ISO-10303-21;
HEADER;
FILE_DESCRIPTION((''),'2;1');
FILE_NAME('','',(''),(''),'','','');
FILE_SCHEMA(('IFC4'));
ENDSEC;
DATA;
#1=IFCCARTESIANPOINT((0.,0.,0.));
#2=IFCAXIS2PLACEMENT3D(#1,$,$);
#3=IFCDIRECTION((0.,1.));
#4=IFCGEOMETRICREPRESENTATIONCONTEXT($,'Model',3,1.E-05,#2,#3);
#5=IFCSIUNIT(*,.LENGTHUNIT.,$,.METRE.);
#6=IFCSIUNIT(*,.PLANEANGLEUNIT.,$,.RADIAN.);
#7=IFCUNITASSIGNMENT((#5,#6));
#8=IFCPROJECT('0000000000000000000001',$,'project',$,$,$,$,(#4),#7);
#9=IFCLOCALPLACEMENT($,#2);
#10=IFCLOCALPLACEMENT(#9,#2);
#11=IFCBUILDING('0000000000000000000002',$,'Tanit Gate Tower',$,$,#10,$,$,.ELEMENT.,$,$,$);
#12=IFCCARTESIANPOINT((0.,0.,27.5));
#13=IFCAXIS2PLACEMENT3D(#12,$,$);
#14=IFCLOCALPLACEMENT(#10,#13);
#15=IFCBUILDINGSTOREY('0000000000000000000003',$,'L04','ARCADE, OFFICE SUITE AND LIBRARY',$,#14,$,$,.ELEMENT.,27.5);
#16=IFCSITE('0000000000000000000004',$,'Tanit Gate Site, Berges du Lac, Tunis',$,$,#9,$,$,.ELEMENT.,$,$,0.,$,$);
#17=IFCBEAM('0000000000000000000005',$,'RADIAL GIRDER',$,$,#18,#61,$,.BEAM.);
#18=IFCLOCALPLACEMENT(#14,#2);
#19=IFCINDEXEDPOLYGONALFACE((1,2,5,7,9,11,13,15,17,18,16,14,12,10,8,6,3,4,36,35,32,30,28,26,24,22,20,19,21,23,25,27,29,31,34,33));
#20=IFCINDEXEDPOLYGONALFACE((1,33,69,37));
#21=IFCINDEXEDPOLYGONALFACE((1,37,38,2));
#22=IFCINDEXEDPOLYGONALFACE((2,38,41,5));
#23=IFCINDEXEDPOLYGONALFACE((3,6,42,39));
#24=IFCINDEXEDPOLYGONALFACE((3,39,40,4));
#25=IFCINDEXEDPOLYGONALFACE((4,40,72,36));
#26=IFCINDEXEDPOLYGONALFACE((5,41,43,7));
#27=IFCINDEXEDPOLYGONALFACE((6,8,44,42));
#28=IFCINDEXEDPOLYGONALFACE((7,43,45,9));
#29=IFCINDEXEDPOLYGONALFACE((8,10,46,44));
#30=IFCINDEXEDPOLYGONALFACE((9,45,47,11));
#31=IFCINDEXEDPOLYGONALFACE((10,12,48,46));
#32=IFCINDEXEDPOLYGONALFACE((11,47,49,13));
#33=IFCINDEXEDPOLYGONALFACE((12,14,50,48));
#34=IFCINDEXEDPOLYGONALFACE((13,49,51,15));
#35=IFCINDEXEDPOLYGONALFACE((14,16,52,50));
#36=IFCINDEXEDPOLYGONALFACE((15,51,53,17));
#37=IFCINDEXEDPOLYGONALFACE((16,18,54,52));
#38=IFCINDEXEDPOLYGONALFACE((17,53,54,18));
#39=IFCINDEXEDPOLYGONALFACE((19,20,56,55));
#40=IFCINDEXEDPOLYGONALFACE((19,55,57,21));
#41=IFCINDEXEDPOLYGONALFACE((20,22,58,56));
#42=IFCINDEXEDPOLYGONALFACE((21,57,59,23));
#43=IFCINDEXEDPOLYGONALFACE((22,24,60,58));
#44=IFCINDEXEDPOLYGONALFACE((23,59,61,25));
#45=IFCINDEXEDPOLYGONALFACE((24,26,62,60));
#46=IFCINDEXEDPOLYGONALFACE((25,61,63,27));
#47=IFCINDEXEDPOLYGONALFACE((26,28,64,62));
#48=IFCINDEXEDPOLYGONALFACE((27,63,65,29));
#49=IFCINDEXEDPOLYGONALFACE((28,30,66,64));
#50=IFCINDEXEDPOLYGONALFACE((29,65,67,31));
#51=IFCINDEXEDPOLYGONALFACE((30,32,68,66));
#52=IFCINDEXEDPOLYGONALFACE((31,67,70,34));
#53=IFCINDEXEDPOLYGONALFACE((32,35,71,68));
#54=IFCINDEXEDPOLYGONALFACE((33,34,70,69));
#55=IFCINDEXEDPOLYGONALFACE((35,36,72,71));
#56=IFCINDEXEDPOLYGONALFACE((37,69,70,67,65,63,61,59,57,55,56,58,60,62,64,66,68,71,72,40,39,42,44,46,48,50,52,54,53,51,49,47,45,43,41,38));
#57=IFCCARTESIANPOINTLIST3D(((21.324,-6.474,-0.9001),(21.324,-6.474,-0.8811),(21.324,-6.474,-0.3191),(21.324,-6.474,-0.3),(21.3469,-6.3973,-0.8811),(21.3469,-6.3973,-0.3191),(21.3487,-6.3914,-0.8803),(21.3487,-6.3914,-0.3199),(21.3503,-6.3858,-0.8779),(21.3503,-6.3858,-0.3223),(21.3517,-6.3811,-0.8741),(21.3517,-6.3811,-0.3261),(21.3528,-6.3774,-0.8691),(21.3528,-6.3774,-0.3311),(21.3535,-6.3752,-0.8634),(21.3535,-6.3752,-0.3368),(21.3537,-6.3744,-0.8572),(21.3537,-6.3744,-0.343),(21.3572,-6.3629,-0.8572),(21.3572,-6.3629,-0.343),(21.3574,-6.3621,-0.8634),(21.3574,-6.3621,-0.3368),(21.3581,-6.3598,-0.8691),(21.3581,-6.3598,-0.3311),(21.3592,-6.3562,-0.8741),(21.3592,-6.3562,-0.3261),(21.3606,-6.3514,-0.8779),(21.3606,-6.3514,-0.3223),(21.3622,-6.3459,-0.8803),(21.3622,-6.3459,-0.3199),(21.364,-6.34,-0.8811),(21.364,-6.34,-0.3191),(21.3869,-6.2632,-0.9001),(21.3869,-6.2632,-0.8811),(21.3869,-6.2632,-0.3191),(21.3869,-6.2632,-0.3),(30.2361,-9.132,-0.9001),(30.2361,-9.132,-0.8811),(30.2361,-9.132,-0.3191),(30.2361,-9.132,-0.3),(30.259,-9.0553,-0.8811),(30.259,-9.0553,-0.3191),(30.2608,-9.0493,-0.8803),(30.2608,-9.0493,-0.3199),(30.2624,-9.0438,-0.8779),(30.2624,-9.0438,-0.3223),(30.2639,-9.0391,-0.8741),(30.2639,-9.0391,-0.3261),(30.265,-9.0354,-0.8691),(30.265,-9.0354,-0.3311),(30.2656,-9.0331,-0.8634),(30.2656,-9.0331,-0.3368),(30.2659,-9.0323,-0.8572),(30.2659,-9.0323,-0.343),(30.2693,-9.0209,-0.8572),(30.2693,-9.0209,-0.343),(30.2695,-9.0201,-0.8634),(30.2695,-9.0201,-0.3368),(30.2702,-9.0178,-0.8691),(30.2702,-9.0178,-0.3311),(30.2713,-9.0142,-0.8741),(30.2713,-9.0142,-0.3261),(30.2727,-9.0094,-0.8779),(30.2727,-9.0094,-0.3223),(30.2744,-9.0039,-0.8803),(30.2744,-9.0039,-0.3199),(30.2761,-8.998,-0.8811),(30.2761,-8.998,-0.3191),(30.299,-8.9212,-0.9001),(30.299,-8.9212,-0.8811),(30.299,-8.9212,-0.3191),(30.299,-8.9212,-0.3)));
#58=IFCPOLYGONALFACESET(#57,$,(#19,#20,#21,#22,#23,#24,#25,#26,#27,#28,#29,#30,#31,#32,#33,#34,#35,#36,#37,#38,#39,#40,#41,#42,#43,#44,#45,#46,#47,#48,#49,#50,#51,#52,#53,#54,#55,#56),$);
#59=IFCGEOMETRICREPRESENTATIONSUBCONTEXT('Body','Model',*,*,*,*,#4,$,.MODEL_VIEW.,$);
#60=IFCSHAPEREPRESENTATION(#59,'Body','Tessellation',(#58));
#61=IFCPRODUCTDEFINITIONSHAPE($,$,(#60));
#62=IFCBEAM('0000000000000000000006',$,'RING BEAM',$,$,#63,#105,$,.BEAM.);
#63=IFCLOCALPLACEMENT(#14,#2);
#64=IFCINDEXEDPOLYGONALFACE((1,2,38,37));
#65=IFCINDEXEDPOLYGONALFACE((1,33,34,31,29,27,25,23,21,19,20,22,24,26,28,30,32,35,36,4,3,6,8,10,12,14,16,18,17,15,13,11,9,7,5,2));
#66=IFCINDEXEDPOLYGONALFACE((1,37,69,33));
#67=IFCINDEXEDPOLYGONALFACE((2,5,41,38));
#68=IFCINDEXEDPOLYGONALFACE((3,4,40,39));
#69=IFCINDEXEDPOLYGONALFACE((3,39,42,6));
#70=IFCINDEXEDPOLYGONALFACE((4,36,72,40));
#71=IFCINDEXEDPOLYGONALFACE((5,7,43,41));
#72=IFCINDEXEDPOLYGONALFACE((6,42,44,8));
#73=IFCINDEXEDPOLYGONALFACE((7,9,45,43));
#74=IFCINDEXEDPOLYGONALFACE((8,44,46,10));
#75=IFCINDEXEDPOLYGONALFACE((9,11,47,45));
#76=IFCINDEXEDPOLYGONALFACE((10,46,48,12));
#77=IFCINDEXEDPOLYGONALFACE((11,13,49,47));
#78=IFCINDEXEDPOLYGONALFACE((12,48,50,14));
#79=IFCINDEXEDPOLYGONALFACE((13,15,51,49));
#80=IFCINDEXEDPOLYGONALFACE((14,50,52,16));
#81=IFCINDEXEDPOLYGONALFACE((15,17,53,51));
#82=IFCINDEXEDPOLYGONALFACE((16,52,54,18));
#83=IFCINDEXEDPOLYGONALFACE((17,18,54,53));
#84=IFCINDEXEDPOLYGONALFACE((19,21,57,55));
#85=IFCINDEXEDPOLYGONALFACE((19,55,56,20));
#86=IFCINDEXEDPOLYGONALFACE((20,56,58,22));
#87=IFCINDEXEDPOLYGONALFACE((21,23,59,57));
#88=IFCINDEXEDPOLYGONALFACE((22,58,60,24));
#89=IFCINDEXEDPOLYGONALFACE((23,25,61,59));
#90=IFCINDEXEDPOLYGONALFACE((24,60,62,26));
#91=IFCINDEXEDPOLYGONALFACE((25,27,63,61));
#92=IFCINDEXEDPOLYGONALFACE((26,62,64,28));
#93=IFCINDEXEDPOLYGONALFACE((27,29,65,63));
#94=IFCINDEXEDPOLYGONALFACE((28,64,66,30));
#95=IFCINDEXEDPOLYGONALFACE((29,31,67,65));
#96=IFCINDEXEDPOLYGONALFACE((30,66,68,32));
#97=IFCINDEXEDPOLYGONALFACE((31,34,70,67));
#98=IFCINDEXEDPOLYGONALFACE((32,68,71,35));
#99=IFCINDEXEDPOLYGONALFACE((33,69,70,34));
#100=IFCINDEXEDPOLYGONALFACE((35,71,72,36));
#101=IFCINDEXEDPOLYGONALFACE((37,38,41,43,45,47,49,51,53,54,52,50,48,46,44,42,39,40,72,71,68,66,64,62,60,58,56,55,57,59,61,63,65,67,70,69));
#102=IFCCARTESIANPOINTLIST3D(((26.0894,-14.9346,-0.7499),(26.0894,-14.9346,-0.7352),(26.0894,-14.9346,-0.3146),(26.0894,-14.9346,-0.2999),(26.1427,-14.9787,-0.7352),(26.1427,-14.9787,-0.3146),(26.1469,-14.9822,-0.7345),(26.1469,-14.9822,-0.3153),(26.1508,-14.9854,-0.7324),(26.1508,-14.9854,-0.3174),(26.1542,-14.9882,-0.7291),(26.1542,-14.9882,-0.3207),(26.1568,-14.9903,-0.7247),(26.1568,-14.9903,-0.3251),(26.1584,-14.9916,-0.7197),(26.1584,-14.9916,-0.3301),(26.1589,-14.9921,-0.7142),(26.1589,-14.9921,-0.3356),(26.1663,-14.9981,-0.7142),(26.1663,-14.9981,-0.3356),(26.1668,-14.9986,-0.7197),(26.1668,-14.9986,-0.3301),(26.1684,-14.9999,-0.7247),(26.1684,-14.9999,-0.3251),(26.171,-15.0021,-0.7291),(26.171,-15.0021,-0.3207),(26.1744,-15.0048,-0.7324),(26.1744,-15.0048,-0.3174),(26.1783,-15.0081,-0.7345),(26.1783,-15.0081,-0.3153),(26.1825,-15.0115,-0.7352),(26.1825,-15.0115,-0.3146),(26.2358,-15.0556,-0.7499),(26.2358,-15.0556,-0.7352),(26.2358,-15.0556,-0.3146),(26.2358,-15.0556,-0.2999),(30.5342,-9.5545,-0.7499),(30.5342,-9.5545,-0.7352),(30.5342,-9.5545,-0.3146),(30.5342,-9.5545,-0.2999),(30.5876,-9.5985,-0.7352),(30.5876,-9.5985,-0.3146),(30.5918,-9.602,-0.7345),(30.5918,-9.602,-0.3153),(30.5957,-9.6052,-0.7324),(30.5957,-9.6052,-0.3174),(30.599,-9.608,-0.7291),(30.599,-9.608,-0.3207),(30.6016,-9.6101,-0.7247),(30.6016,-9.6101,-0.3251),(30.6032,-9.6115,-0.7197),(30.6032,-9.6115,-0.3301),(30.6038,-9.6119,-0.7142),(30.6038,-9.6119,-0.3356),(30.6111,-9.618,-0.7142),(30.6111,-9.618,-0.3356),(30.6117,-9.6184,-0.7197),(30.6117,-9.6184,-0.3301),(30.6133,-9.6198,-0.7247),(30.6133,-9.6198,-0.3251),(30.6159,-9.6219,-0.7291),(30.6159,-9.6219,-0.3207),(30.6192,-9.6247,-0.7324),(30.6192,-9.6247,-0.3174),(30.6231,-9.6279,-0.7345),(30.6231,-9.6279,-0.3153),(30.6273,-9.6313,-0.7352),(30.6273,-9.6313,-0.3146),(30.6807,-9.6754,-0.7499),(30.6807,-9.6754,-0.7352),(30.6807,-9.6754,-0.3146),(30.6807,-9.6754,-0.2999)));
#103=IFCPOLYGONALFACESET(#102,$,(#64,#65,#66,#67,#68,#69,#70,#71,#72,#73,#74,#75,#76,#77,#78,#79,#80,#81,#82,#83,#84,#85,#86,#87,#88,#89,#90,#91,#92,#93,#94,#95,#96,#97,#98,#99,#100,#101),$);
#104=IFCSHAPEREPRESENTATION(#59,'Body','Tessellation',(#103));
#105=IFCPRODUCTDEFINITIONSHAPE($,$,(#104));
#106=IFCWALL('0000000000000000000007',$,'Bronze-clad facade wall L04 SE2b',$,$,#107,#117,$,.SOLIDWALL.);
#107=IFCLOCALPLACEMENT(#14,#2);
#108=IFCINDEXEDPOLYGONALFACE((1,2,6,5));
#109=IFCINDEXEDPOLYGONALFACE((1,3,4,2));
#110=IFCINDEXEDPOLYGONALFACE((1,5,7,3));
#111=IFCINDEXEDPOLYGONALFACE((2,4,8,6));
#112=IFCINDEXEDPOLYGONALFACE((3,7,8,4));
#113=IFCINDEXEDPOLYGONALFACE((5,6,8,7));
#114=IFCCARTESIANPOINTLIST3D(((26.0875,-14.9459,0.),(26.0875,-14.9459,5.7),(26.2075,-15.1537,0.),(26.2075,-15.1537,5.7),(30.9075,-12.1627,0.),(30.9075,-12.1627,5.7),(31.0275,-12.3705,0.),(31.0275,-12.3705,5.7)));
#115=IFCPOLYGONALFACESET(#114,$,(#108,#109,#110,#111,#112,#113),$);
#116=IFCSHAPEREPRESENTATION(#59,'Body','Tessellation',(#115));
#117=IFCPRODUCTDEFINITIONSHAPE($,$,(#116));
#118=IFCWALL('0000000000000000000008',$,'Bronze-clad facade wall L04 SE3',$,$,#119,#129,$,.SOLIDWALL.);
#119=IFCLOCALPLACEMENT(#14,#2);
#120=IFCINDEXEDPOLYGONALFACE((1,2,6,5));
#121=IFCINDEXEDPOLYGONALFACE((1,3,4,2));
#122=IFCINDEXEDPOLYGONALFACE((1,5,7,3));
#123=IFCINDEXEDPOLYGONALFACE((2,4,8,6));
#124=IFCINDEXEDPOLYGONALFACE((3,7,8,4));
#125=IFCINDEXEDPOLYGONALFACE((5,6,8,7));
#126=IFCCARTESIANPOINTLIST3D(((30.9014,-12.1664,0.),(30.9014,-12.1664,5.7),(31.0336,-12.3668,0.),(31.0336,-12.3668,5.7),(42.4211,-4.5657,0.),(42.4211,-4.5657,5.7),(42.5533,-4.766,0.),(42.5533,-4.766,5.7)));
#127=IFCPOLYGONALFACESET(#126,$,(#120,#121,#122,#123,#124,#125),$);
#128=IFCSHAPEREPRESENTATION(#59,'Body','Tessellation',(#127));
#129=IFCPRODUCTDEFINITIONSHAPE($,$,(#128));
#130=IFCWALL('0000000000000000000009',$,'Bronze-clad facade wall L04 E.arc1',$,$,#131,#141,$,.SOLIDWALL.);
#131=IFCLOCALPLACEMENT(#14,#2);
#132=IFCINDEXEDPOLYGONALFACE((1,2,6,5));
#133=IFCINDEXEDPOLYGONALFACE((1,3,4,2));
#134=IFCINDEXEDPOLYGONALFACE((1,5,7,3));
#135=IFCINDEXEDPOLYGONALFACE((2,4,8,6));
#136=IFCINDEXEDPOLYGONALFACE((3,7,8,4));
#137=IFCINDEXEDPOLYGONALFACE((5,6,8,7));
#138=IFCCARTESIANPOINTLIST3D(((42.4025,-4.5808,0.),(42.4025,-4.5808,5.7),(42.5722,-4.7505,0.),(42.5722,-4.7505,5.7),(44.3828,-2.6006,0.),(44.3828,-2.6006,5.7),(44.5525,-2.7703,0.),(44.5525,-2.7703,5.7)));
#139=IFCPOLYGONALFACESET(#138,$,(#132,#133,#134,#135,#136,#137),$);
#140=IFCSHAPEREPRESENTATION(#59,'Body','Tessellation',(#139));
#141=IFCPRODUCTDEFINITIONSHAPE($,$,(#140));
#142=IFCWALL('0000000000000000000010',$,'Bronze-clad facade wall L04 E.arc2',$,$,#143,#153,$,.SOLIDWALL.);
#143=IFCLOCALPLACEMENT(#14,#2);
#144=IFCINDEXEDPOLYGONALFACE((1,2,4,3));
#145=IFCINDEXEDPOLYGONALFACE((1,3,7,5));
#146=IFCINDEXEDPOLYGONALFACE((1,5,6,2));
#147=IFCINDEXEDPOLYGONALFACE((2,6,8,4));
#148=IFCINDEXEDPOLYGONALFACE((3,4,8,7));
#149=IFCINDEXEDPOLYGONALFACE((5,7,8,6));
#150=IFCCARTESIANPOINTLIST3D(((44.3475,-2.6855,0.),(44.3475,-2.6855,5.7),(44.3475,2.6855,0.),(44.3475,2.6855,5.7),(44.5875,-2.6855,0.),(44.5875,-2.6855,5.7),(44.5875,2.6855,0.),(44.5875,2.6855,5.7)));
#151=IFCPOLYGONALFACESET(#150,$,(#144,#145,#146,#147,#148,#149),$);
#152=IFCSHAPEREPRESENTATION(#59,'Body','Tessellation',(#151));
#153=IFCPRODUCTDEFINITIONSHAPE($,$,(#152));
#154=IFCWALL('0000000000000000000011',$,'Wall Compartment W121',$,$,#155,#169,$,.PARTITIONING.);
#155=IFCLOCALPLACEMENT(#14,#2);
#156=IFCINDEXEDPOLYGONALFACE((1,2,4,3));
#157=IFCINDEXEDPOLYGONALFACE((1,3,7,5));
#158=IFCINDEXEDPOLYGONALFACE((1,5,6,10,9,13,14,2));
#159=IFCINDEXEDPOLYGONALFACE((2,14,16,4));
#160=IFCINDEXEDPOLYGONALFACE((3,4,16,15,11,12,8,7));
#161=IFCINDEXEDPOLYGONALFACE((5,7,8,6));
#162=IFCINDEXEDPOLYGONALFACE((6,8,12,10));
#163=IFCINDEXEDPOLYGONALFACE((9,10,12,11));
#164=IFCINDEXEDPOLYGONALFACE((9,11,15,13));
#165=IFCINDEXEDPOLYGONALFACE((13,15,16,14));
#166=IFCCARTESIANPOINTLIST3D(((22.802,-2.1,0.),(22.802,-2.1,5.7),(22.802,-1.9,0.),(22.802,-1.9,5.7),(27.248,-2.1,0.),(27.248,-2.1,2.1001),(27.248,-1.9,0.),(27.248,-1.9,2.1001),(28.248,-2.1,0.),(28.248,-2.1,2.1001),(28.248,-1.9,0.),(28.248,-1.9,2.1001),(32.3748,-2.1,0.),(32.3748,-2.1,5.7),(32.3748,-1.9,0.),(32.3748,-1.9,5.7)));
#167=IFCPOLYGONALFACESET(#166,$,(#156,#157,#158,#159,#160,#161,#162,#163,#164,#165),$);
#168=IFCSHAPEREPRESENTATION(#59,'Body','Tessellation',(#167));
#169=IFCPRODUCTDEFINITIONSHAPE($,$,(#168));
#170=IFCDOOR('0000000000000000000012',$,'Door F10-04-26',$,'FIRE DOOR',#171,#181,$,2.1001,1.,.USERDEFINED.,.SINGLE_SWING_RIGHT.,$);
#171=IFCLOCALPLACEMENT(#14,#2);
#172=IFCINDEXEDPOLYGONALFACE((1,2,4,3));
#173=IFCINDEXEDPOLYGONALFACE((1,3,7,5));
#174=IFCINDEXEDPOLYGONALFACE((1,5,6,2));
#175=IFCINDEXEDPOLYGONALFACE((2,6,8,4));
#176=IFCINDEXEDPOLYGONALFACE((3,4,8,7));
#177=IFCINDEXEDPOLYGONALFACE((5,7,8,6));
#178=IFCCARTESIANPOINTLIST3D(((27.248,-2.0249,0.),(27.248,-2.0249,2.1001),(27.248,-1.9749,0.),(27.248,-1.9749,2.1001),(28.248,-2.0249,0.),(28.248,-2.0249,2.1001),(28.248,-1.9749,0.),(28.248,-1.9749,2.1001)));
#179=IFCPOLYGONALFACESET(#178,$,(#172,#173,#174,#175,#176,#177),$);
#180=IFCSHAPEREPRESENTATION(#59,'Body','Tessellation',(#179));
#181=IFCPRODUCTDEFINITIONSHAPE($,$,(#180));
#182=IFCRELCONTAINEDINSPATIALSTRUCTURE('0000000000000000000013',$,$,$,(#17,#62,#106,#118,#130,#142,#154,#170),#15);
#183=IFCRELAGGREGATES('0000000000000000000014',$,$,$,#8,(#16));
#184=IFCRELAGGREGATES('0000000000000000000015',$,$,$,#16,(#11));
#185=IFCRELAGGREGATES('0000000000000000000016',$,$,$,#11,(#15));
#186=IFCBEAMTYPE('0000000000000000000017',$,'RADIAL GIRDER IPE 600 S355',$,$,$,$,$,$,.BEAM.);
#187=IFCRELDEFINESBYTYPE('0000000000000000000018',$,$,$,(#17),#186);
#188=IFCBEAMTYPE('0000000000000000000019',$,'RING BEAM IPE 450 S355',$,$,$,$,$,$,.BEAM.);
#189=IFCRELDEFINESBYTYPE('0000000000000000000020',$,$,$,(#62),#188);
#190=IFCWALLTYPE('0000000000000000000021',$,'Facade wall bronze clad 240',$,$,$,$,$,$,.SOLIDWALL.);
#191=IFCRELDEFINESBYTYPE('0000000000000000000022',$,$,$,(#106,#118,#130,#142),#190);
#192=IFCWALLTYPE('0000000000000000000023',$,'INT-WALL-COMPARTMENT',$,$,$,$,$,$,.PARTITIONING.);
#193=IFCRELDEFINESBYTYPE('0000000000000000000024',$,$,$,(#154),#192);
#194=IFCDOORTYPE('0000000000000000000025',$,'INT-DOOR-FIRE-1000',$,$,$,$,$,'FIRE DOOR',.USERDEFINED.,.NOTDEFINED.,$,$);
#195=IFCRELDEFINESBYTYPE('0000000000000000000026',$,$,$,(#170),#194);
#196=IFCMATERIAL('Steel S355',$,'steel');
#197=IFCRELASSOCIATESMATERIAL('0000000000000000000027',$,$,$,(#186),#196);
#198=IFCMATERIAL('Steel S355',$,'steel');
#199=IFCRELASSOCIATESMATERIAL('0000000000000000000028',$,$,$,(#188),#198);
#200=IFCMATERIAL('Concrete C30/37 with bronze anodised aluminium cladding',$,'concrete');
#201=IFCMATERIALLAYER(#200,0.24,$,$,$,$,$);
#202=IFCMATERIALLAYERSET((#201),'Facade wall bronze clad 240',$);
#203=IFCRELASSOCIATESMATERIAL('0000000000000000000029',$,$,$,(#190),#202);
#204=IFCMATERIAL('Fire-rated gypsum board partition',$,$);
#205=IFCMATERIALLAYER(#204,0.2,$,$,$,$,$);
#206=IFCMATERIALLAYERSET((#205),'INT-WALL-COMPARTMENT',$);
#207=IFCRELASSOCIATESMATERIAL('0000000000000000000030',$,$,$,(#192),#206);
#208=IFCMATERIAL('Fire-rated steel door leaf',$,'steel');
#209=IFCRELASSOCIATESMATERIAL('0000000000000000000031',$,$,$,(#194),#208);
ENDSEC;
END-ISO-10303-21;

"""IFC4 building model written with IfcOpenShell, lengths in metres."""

from ifc_helpers import new_model, si_unit, direction, frame, frame_2d, origin, origin_2d, place, context, subcontext, project, spatial, rectangle, i_section, extrude, material, layer, layer_set, material_profile, profile_set, type_object, element, fill, save


model = new_model("IFC4")

# Units and contexts
model_context = context("Model", 3, precision=1e-05, world=origin(), true_north=direction((0.0, 1.0)))
body_context = subcontext(model_context, "Body", "Model", "MODEL_VIEW")
ifc_project = project(units=[si_unit("LENGTHUNIT", "METRE"), si_unit("PLANEANGLEUNIT", "RADIAN")], contexts=[model_context])

# Site, building, storey
site_placement = place(None, origin())
site = spatial("IfcSite", under=ifc_project, at=site_placement, Name="Tanit Gate Site, Berges du Lac, Tunis", CompositionType="ELEMENT", RefElevation=0.0)
building_placement = place(site_placement, origin())
building = spatial("IfcBuilding", under=site, at=building_placement, Name="Tanit Gate Tower", CompositionType="ELEMENT")
storey_placement = place(building_placement, frame((0.0, 0.0, 27.5)))
storey = spatial("IfcBuildingStorey", under=building, at=storey_placement, Name="L04", Description="ARCADE, OFFICE SUITE AND LIBRARY", CompositionType="ELEMENT", Elevation=27.5)

# Beams
ifc_material_1 = material(Name="Steel S355", Category="steel")
ifc_material_profile_1 = material_profile(ifc_material_1, i_section(OverallWidth=0.22, OverallDepth=0.6001, WebThickness=0.012, FlangeThickness=0.019, FilletRadius=0.0239, at=origin_2d()), Name="IPE 600")
ifc_profile_set_1 = profile_set([ifc_material_profile_1], Name="Steel S355")
beam_type_1 = type_object("IfcBeamType", Name="RADIAL GIRDER IPE 600 S355", PredefinedType="BEAM", material=ifc_profile_set_1)
beam_1_placement = place(storey_placement, frame((30.2676, -9.0266, -0.6001), z_axis=(-0.958289, 0.285801, 0.0), x_axis=(-0.285801, -0.958289, 0.0)))
element("IfcBeam", 1, at=beam_1_placement, inside=storey, type_object=beam_type_1, Name="RADIAL GIRDER", PredefinedType="BEAM", context=body_context, shape_type="SweptSolid", body=[
    extrude(i_section(OverallWidth=0.22, OverallDepth=0.6001, WebThickness=0.012, FlangeThickness=0.019, FilletRadius=0.0239, at=origin_2d()), origin(), (0.0, 0.0, 1.0), 9.3),
])
ifc_material_2 = material(Name="Steel S355", Category="steel")
ifc_material_profile_2 = material_profile(ifc_material_2, i_section(OverallWidth=0.1899, OverallDepth=0.45, WebThickness=0.0095, FlangeThickness=0.0146, FilletRadius=0.021, at=origin_2d()), Name="IPE 450")
ifc_profile_set_2 = profile_set([ifc_material_profile_2], Name="Steel S355")
beam_type_2 = type_object("IfcBeamType", Name="RING BEAM IPE 450 S355", PredefinedType="BEAM", material=ifc_profile_set_2)
beam_2_placement = place(storey_placement, frame((26.1626, -14.9951, -0.5249), z_axis=(0.636913, 0.770936, 0.0), x_axis=(-0.770936, 0.636913, 0.0)))
element("IfcBeam", 2, at=beam_2_placement, inside=storey, type_object=beam_type_2, Name="RING BEAM", PredefinedType="BEAM", context=body_context, shape_type="SweptSolid", body=[
    extrude(i_section(OverallWidth=0.1899, OverallDepth=0.45, WebThickness=0.0095, FlangeThickness=0.0146, FilletRadius=0.021, at=origin_2d()), origin(), (0.0, 0.0, 1.0), 6.9788),
])

# Walls
ifc_material_3 = material(Name="Concrete C30/37 with bronze anodised aluminium cladding", Category="concrete")
ifc_layer_1 = layer(ifc_material_3, 0.24)
ifc_layer_set_1 = layer_set([ifc_layer_1], Name="Facade wall bronze clad 240")
wall_type_1 = type_object("IfcWallType", Name="Facade wall bronze clad 240", PredefinedType="SOLIDWALL", material=ifc_layer_set_1)
wall_1_placement = place(storey_placement, frame((26.1475, -15.0498, 0.0), z_axis=(0.0, 0.0, 1.0), x_axis=(0.865999, 0.500045, 0.0)))
element("IfcWall", 3, at=wall_1_placement, inside=storey, type_object=wall_type_1, Name="Bronze-clad facade wall L04 SE2b", PredefinedType="SOLIDWALL", context=body_context, shape_type="SweptSolid", body=[
    extrude(rectangle(XDim=5.5659, YDim=0.24, at=frame_2d((2.783, 0.0))), origin(), (0.0, 0.0, 1.0), 5.7),
])
wall_2_placement = place(storey_placement, frame((30.9675, -12.2666, 0.0), z_axis=(0.0, 0.0, 1.0), x_axis=(0.834683, 0.55073, 0.0)))
element("IfcWall", 4, at=wall_2_placement, inside=storey, type_object=wall_type_1, Name="Bronze-clad facade wall L04 SE3", PredefinedType="SOLIDWALL", context=body_context, shape_type="SweptSolid", body=[
    extrude(rectangle(XDim=13.8013, YDim=0.24, at=frame_2d((6.9006, 0.0))), origin(), (0.0, 0.0, 1.0), 5.7),
])
wall_3_placement = place(storey_placement, frame((42.4873, -4.6658, 0.0), z_axis=(0.0, 0.0, 1.0), x_axis=(0.707107, 0.707107, 0.0)))
element("IfcWall", 5, at=wall_3_placement, inside=storey, type_object=wall_type_1, Name="Bronze-clad facade wall L04 E.arc1", PredefinedType="SOLIDWALL", context=body_context, shape_type="SweptSolid", body=[
    extrude(rectangle(XDim=2.8005, YDim=0.24, at=frame_2d((1.4004, 0.0))), origin(), (0.0, 0.0, 1.0), 5.7),
])
wall_4_placement = place(storey_placement, frame((44.4675, -2.6855, 0.0), z_axis=(0.0, 0.0, 1.0), x_axis=(0.0, 1.0, 0.0)))
element("IfcWall", 6, at=wall_4_placement, inside=storey, type_object=wall_type_1, Name="Bronze-clad facade wall L04 E.arc2", PredefinedType="SOLIDWALL", context=body_context, shape_type="SweptSolid", body=[
    extrude(rectangle(XDim=5.3711, YDim=0.24, at=frame_2d((2.6855, 0.0))), origin(), (0.0, 0.0, 1.0), 5.7),
])

# Wall, opening, door
ifc_material_4 = material(Name="Fire-rated gypsum board partition")
ifc_layer_2 = layer(ifc_material_4, 0.2)
ifc_layer_set_2 = layer_set([ifc_layer_2], Name="INT-WALL-COMPARTMENT")
wall_type_2 = type_object("IfcWallType", Name="INT-WALL-COMPARTMENT", PredefinedType="PARTITIONING", material=ifc_layer_set_2)
wall_5_placement = place(storey_placement, frame((32.3748, -2.0, 0.0), z_axis=(0.0, 0.0, 1.0), x_axis=(-1.0, 0.0, 0.0)))
wall_5 = element("IfcWall", 7, at=wall_5_placement, inside=storey, type_object=wall_type_2, Name="Wall Compartment W121", PredefinedType="PARTITIONING", context=body_context, shape_type="SweptSolid", body=[
    extrude(rectangle(XDim=9.5728, YDim=0.2, at=frame_2d((4.7864, 0.0))), origin(), (0.0, 0.0, 1.0), 5.7),
])
opening_1_placement = place(wall_5_placement, frame((4.1267, 0.0, 0.0)))
opening_1 = element("IfcOpeningElement", 8, at=opening_1_placement, cuts=wall_5, PredefinedType="OPENING", context=body_context, shape_type="SweptSolid", body=[
    extrude(rectangle(XDim=1.0, YDim=2.1001, at=frame_2d((0.5, 1.05))), frame((0.0, 0.1099, 0.0), z_axis=(0.0, -1.0, 0.0), x_axis=(1.0, 0.0, 0.0)), (0.0, 0.0, 1.0), 0.22),
])
ifc_material_5 = material(Name="Fire-rated steel door leaf", Category="steel")
door_type = type_object("IfcDoorType", Name="INT-DOOR-FIRE-1000", ElementType="FIRE DOOR", OperationType="NOTDEFINED", PredefinedType="USERDEFINED", material=ifc_material_5)
door_1_placement = place(opening_1_placement, origin())
door_1 = element("IfcDoor", 9, at=door_1_placement, inside=storey, type_object=door_type, Name="Door F10-04-26", ObjectType="FIRE DOOR", OperationType="SINGLE_SWING_RIGHT", OverallHeight=2.1001, OverallWidth=1.0, PredefinedType="USERDEFINED", context=body_context, shape_type="SweptSolid", body=[
    extrude(rectangle(XDim=1.0, YDim=2.1001, at=frame_2d((0.5, 1.05))), frame((0.0, 0.0249, 0.0), z_axis=(0.0, -1.0, 0.0), x_axis=(1.0, 0.0, 0.0)), (0.0, 0.0, 1.0), 0.05),
])
fill(opening_1, door_1)

save(model, "model.ifc")
